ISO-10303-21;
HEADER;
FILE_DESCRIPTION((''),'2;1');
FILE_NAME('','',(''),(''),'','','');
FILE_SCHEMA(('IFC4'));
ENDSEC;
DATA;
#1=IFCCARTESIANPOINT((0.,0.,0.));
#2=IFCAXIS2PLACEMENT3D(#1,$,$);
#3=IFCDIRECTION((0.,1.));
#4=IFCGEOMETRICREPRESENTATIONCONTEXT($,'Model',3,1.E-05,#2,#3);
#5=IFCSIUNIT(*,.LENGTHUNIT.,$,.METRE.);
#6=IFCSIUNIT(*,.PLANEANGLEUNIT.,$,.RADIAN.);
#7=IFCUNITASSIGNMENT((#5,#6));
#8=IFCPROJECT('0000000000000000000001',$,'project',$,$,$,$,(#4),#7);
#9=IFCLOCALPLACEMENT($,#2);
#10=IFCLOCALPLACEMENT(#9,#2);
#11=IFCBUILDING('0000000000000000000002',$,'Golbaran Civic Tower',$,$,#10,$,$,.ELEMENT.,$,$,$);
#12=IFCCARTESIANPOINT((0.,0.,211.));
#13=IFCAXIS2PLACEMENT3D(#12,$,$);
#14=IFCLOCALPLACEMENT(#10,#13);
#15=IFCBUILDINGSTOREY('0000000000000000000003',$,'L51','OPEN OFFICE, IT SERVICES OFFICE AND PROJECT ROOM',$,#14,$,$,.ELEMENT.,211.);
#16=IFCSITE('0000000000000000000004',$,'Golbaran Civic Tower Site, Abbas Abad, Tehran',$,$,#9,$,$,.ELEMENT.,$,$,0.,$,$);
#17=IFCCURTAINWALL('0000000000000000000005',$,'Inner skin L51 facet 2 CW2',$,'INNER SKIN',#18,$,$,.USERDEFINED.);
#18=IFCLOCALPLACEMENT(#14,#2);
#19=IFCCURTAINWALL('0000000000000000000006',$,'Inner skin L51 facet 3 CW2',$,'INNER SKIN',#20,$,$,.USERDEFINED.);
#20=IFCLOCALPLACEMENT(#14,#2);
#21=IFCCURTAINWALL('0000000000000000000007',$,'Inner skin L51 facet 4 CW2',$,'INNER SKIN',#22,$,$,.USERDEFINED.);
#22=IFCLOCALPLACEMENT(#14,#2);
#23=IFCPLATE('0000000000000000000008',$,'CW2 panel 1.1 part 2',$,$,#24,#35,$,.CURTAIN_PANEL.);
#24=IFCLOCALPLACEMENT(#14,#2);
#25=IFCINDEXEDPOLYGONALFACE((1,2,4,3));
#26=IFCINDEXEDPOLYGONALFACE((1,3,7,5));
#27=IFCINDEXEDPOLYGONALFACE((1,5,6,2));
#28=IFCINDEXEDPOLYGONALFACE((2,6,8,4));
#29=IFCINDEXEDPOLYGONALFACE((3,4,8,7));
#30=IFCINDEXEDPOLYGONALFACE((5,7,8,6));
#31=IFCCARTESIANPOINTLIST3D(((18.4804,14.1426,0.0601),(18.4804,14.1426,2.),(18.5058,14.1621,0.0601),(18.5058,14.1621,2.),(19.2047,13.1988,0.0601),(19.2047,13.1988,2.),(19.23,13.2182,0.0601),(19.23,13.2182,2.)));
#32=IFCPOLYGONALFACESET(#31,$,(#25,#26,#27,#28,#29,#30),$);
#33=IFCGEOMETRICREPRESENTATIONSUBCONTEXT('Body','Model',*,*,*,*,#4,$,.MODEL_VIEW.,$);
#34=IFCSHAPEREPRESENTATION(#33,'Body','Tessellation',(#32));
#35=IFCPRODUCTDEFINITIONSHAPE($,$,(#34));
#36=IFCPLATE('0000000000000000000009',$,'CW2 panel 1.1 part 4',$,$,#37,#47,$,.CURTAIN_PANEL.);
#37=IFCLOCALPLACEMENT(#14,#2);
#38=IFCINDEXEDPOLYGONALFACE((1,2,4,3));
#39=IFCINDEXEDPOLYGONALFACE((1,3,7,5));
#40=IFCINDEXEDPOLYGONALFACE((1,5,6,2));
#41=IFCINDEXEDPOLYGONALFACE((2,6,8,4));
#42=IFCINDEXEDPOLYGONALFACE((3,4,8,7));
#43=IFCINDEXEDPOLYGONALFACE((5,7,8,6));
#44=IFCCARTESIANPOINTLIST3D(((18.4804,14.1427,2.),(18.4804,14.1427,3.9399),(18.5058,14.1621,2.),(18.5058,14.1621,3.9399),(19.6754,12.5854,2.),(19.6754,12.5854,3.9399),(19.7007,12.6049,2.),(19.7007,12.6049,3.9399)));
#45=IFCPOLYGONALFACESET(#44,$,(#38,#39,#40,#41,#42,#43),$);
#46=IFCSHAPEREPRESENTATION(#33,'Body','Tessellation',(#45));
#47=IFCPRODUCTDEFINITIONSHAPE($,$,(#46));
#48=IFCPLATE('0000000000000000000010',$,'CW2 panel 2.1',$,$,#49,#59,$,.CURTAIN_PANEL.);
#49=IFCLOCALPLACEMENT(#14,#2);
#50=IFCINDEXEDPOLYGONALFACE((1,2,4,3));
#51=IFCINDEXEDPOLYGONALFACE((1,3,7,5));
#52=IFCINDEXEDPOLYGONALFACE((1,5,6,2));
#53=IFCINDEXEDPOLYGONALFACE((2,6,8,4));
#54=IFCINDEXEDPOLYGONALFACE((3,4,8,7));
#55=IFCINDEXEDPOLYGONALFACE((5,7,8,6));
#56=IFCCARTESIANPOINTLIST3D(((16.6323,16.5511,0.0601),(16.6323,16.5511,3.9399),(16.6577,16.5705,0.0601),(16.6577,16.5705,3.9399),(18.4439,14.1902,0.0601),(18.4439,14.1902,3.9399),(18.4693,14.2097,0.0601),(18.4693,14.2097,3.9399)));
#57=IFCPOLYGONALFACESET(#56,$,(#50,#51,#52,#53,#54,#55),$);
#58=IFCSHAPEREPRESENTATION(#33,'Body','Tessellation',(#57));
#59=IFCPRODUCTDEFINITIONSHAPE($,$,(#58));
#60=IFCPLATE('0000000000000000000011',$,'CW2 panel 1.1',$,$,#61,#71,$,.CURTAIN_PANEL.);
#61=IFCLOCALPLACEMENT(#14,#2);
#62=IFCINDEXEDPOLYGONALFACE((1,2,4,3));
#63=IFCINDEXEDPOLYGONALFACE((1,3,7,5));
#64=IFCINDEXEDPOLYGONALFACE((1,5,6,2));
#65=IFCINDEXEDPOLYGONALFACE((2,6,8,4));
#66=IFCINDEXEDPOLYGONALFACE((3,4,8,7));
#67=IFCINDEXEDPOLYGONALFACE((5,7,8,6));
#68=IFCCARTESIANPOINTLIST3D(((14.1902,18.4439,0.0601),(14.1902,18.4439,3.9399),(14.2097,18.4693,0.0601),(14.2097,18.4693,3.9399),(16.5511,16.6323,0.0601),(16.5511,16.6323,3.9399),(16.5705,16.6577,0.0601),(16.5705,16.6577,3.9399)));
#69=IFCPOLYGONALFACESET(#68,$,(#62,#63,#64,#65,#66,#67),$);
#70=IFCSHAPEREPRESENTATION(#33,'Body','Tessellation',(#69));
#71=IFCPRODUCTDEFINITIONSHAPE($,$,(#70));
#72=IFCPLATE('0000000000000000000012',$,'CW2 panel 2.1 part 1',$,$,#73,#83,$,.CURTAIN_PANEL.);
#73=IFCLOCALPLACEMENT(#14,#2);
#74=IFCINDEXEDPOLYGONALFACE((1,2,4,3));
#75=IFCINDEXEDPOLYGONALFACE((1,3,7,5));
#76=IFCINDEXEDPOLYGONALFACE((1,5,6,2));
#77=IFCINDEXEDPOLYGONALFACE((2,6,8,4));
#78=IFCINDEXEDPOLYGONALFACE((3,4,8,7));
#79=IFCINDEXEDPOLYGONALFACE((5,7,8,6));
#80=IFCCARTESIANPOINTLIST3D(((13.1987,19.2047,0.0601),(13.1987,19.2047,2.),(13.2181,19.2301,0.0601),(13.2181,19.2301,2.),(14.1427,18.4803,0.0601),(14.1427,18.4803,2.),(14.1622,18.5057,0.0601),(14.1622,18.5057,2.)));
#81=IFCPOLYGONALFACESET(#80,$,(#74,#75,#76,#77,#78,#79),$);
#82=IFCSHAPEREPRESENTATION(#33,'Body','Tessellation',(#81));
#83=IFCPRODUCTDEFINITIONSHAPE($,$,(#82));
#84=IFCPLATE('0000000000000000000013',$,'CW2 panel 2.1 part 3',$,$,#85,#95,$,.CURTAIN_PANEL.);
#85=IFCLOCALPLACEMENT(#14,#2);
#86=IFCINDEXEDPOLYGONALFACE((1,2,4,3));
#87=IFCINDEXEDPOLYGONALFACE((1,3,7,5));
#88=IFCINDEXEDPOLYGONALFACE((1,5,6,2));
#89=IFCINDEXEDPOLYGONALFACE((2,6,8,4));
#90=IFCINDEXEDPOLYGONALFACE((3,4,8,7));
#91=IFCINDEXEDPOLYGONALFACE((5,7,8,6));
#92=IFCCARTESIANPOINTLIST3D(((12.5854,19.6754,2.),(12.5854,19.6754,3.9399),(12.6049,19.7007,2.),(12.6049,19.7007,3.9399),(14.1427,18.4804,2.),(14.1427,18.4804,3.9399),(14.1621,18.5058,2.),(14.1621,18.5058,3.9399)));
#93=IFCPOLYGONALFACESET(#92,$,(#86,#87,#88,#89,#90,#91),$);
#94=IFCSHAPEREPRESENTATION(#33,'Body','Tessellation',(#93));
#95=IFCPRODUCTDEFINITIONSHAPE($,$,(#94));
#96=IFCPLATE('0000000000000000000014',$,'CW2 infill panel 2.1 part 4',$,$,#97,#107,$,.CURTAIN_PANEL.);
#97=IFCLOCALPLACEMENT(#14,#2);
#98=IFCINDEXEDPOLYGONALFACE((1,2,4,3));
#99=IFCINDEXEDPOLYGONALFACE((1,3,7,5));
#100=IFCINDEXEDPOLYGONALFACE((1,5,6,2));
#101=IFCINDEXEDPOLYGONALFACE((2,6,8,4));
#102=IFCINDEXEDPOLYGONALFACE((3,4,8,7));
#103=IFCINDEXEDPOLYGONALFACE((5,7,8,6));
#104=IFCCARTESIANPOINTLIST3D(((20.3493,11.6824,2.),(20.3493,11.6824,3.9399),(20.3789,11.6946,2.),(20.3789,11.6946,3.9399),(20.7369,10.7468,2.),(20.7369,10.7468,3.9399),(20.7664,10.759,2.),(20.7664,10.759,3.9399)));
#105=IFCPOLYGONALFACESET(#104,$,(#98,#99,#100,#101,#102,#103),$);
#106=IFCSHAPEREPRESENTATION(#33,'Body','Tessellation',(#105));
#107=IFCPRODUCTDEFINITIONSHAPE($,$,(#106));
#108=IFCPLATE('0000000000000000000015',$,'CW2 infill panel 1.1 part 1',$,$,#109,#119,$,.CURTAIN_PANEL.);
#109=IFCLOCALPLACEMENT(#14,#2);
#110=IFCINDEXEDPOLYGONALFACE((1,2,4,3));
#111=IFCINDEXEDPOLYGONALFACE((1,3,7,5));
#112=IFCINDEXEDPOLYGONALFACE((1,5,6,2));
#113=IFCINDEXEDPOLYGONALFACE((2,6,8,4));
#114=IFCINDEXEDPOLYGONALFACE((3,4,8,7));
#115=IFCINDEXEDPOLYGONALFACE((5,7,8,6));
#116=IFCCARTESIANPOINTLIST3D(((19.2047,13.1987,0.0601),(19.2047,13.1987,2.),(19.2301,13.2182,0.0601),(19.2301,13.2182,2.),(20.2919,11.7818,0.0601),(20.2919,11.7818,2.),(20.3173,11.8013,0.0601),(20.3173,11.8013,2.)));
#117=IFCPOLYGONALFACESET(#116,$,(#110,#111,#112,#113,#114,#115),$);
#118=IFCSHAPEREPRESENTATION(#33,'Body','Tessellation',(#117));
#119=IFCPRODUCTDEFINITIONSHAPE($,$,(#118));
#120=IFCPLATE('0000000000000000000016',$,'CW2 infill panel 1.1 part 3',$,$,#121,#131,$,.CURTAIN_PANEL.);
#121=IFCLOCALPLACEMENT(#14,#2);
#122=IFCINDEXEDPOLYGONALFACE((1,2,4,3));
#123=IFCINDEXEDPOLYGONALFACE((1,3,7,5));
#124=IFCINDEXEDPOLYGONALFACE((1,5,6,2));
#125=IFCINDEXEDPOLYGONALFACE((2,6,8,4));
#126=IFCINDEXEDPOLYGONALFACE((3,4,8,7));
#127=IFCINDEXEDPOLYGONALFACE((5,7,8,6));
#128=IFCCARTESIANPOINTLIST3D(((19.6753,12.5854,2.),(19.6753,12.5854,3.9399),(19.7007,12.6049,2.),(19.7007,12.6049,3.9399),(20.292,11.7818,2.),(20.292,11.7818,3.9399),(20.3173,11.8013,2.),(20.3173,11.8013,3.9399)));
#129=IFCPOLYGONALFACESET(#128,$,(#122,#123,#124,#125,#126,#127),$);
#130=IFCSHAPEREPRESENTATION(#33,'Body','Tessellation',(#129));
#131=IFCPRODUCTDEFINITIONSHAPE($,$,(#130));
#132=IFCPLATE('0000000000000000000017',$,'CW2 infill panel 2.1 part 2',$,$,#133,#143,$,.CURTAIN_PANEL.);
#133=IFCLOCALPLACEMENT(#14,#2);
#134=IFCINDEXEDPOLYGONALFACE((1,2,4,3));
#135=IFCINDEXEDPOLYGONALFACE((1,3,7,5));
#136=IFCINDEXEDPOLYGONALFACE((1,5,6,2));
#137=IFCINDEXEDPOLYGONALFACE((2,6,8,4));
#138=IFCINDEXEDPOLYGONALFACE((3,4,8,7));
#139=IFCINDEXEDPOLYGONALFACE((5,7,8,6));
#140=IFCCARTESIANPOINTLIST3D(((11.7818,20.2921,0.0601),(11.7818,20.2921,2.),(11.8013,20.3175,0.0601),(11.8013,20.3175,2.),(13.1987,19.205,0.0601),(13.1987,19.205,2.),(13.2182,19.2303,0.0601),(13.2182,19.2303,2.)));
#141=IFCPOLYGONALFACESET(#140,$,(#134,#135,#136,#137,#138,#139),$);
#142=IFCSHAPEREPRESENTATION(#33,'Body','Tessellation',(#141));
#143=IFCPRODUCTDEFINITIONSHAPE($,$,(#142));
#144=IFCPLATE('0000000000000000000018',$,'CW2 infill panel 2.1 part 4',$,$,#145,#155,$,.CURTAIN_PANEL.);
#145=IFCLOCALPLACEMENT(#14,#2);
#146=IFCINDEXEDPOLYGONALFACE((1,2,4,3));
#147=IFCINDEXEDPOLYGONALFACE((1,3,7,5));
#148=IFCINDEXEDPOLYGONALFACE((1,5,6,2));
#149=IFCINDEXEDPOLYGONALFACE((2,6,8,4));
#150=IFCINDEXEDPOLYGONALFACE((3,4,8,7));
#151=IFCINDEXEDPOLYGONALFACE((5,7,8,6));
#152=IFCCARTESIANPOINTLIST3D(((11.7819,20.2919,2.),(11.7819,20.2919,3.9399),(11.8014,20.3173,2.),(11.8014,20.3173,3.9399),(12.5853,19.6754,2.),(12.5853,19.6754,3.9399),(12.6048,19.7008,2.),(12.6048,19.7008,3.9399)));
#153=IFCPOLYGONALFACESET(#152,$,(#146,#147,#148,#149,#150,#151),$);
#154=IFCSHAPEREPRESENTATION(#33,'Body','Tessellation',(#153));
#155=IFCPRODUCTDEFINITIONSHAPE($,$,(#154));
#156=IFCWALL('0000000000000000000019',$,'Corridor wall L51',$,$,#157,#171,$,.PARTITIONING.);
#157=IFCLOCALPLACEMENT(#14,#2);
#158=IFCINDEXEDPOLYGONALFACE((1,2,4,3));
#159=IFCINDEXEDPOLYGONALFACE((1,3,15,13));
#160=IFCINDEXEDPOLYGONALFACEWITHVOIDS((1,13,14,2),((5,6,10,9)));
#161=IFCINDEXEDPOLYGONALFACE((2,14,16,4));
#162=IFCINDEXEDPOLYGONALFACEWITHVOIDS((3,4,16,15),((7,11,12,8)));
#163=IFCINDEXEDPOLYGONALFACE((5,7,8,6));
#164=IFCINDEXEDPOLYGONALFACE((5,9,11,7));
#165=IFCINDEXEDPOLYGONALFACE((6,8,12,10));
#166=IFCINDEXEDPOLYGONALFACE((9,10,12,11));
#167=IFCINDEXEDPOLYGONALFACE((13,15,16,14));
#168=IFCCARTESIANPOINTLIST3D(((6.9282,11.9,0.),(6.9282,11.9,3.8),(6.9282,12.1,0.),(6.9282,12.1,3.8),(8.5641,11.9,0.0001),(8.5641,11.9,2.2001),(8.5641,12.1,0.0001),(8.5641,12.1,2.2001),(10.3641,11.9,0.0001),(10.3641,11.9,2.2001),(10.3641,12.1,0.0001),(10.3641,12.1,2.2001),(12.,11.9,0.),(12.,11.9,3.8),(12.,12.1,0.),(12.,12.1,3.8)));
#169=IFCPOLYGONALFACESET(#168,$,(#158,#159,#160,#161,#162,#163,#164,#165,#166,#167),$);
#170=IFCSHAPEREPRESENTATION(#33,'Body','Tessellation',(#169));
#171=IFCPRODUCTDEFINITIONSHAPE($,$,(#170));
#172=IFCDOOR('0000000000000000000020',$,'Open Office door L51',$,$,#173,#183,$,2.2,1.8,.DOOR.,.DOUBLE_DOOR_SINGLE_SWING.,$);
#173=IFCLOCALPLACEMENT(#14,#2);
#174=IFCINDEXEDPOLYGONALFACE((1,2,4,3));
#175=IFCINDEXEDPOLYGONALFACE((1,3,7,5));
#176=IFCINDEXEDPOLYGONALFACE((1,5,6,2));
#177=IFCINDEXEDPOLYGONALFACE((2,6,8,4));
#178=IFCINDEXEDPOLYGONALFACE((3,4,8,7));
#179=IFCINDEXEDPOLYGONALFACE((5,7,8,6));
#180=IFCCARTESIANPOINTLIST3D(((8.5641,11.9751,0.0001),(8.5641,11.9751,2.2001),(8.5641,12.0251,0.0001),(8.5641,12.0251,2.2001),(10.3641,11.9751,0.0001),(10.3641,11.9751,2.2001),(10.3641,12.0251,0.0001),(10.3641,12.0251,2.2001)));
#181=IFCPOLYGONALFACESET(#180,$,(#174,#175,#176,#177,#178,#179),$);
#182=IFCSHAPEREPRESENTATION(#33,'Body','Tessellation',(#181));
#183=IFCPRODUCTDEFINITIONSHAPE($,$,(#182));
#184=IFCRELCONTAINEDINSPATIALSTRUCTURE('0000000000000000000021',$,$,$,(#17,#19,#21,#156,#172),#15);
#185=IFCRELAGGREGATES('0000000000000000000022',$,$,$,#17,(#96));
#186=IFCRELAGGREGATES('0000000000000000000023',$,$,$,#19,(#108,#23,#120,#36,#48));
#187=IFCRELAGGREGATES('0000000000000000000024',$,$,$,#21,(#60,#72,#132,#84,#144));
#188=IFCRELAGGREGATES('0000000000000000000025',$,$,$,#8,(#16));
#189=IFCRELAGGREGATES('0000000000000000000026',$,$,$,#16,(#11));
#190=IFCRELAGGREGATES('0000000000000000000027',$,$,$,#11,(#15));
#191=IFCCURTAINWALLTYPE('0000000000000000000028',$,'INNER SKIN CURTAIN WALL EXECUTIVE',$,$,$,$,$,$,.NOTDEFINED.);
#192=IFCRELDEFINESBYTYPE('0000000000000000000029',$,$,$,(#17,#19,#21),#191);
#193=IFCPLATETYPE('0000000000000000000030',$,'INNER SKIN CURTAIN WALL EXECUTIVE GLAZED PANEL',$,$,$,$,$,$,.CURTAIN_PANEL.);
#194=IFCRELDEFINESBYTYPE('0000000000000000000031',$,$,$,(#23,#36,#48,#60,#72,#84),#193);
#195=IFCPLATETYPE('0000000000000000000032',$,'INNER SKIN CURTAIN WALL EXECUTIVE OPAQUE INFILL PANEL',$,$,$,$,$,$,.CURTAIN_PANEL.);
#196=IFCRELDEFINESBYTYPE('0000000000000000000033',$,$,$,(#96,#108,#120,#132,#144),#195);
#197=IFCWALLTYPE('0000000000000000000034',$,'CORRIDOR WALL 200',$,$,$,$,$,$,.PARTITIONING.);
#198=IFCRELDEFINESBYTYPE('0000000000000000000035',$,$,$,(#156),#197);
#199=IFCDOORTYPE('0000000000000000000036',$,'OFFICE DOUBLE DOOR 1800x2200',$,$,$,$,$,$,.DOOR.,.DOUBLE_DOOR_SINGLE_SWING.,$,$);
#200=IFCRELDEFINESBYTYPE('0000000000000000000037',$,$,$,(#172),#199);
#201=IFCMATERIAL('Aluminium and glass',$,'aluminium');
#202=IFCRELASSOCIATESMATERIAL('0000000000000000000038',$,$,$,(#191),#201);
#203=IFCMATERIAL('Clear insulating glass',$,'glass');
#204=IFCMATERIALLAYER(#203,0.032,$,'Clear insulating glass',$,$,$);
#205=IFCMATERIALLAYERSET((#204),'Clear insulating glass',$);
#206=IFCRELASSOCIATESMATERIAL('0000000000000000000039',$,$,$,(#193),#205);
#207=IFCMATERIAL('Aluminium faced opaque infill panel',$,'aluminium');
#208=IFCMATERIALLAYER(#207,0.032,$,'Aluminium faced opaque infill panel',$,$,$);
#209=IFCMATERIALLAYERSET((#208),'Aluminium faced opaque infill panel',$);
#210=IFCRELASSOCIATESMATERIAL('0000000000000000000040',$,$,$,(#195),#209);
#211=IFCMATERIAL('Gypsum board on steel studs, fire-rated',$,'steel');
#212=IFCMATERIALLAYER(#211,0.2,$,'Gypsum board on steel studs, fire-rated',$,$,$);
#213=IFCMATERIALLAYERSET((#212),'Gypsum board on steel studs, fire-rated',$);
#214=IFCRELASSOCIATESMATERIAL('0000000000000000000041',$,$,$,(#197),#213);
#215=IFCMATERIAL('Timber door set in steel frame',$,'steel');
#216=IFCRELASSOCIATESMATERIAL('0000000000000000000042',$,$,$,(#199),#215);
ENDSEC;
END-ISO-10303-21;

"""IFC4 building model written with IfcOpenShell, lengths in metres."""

from ifc_helpers import new_model, si_unit, direction, frame, frame_2d, origin, origin_2d, place, context, subcontext, project, spatial, rectangle, extrude, material, layer, layer_set, type_object, element, fill, aggregate, save


model = new_model("IFC4")

# Units and contexts
model_context = context("Model", 3, precision=1e-05, world=origin(), true_north=direction((0.0, 1.0)))
body_context = subcontext(model_context, "Body", "Model", "MODEL_VIEW")
ifc_project = project(units=[si_unit("LENGTHUNIT", "METRE"), si_unit("PLANEANGLEUNIT", "RADIAN")], contexts=[model_context])

# Site, building, storey
site_placement = place(None, origin())
site = spatial("IfcSite", under=ifc_project, at=site_placement, Name="Golbaran Civic Tower Site, Abbas Abad, Tehran", CompositionType="ELEMENT", RefElevation=0.0)
building_placement = place(site_placement, origin())
building = spatial("IfcBuilding", under=site, at=building_placement, Name="Golbaran Civic Tower", CompositionType="ELEMENT")
storey_placement = place(building_placement, frame((0.0, 0.0, 211.0)))
storey = spatial("IfcBuildingStorey", under=building, at=storey_placement, Name="L51", Description="OPEN OFFICE, IT SERVICES OFFICE AND PROJECT ROOM", CompositionType="ELEMENT", Elevation=211.0)

# Curtain wall
ifc_material_1 = material(Name="Aluminium and glass", Category="aluminium")
curtain_wall_type = type_object("IfcCurtainWallType", Name="INNER SKIN CURTAIN WALL EXECUTIVE", PredefinedType="NOTDEFINED", material=ifc_material_1)
curtain_wall_1_placement = place(storey_placement, origin())
curtain_wall_1 = element("IfcCurtainWall", 1, at=curtain_wall_1_placement, inside=storey, type_object=curtain_wall_type, Name="Inner skin L51 facet 2 CW2", ObjectType="INNER SKIN", PredefinedType="USERDEFINED")

# Curtain walls
curtain_wall_2_placement = place(storey_placement, origin())
curtain_wall_2 = element("IfcCurtainWall", 2, at=curtain_wall_2_placement, inside=storey, type_object=curtain_wall_type, Name="Inner skin L51 facet 3 CW2", ObjectType="INNER SKIN", PredefinedType="USERDEFINED")
curtain_wall_3_placement = place(storey_placement, origin())
curtain_wall_3 = element("IfcCurtainWall", 3, at=curtain_wall_3_placement, inside=storey, type_object=curtain_wall_type, Name="Inner skin L51 facet 4 CW2", ObjectType="INNER SKIN", PredefinedType="USERDEFINED")

# Plates
ifc_material_2 = material(Name="Clear insulating glass", Category="glass")
ifc_layer_1 = layer(ifc_material_2, 0.032, Name="Clear insulating glass")
ifc_layer_set_1 = layer_set([ifc_layer_1], Name="Clear insulating glass")
plate_type_1 = type_object("IfcPlateType", Name="INNER SKIN CURTAIN WALL EXECUTIVE GLAZED PANEL", PredefinedType="CURTAIN_PANEL", material=ifc_layer_set_1)
plate_1_placement = place(storey_placement, frame((18.8552, 13.6804, 0.0601), z_axis=(0.0, 0.0, 1.0), x_axis=(-0.608761, 0.793353, 0.0)))
plate_1 = element("IfcPlate", 4, at=plate_1_placement, type_object=plate_type_1, Name="CW2 panel 1.1 part 2", PredefinedType="CURTAIN_PANEL", context=body_context, shape_type="SweptSolid", body=[
    extrude(rectangle(XDim=1.1897, YDim=0.032, at=origin_2d()), origin(), (0.0, 0.0, 1.0), 1.9399),
])
plate_2_placement = place(storey_placement, frame((19.0906, 13.3738, 2.0), z_axis=(0.0, 0.0, 1.0), x_axis=(-0.608761, 0.793353, 0.0)))
plate_2 = element("IfcPlate", 5, at=plate_2_placement, type_object=plate_type_1, Name="CW2 panel 1.1 part 4", PredefinedType="CURTAIN_PANEL", context=body_context, shape_type="SweptSolid", body=[
    extrude(rectangle(XDim=1.9629, YDim=0.032, at=origin_2d()), origin(), (0.0, 0.0, 1.0), 1.9399),
])
plate_3_placement = place(storey_placement, frame((17.5508, 15.3804, 0.0601), z_axis=(0.0, 0.0, 1.0), x_axis=(-0.608761, 0.793353, 0.0)))
plate_3 = element("IfcPlate", 6, at=plate_3_placement, type_object=plate_type_1, Name="CW2 panel 2.1", PredefinedType="CURTAIN_PANEL", context=body_context, shape_type="SweptSolid", body=[
    extrude(rectangle(XDim=2.9758, YDim=0.032, at=origin_2d()), origin(), (0.0, 0.0, 1.0), 3.8799),
])
plate_4_placement = place(storey_placement, frame((15.3804, 17.5508, 0.0601), z_axis=(0.0, 0.0, 1.0), x_axis=(-0.793353, 0.608761, 0.0)))
plate_4 = element("IfcPlate", 7, at=plate_4_placement, type_object=plate_type_1, Name="CW2 panel 1.1", PredefinedType="CURTAIN_PANEL", context=body_context, shape_type="SweptSolid", body=[
    extrude(rectangle(XDim=2.9758, YDim=0.032, at=origin_2d()), origin(), (0.0, 0.0, 1.0), 3.8799),
])
plate_5_placement = place(storey_placement, frame((13.6804, 18.8552, 0.0601), z_axis=(0.0, 0.0, 1.0), x_axis=(-0.793353, 0.608761, 0.0)))
plate_5 = element("IfcPlate", 8, at=plate_5_placement, type_object=plate_type_1, Name="CW2 panel 2.1 part 1", PredefinedType="CURTAIN_PANEL", context=body_context, shape_type="SweptSolid", body=[
    extrude(rectangle(XDim=1.1899, YDim=0.032, at=origin_2d()), origin(), (0.0, 0.0, 1.0), 1.9399),
])
plate_6_placement = place(storey_placement, frame((13.3738, 19.0906, 2.0), z_axis=(0.0, 0.0, 1.0), x_axis=(-0.793353, 0.608761, 0.0)))
plate_6 = element("IfcPlate", 9, at=plate_6_placement, type_object=plate_type_1, Name="CW2 panel 2.1 part 3", PredefinedType="CURTAIN_PANEL", context=body_context, shape_type="SweptSolid", body=[
    extrude(rectangle(XDim=1.9629, YDim=0.032, at=origin_2d()), origin(), (0.0, 0.0, 1.0), 1.9399),
])
ifc_material_3 = material(Name="Aluminium faced opaque infill panel", Category="aluminium")
ifc_layer_2 = layer(ifc_material_3, 0.032, Name="Aluminium faced opaque infill panel")
ifc_layer_set_2 = layer_set([ifc_layer_2], Name="Aluminium faced opaque infill panel")
plate_type_2 = type_object("IfcPlateType", Name="INNER SKIN CURTAIN WALL EXECUTIVE OPAQUE INFILL PANEL", PredefinedType="CURTAIN_PANEL", material=ifc_layer_set_2)
plate_7_placement = place(storey_placement, frame((20.5579, 11.2207, 2.0), z_axis=(0.0, 0.0, 1.0), x_axis=(-0.382683, 0.92388, 0.0)))
plate_7 = element("IfcPlate", 10, at=plate_7_placement, type_object=plate_type_2, Name="CW2 infill panel 2.1 part 4", PredefinedType="CURTAIN_PANEL", context=body_context, shape_type="SweptSolid", body=[
    extrude(rectangle(XDim=1.0127, YDim=0.032, at=origin_2d()), origin(), (0.0, 0.0, 1.0), 1.9399),
])
aggregate(curtain_wall_1, [plate_7])
plate_8_placement = place(storey_placement, frame((19.761, 12.5, 0.0601), z_axis=(0.0, 0.0, 1.0), x_axis=(-0.608761, 0.793353, 0.0)))
plate_8 = element("IfcPlate", 11, at=plate_8_placement, type_object=plate_type_2, Name="CW2 infill panel 1.1 part 1", PredefinedType="CURTAIN_PANEL", context=body_context, shape_type="SweptSolid", body=[
    extrude(rectangle(XDim=1.7859, YDim=0.032, at=origin_2d()), origin(), (0.0, 0.0, 1.0), 1.9399),
])
plate_9_placement = place(storey_placement, frame((19.9963, 12.1934, 2.0), z_axis=(0.0, 0.0, 1.0), x_axis=(-0.608761, 0.793353, 0.0)))
plate_9 = element("IfcPlate", 12, at=plate_9_placement, type_object=plate_type_2, Name="CW2 infill panel 1.1 part 3", PredefinedType="CURTAIN_PANEL", context=body_context, shape_type="SweptSolid", body=[
    extrude(rectangle(XDim=1.0129, YDim=0.032, at=origin_2d()), origin(), (0.0, 0.0, 1.0), 1.9399),
])
aggregate(curtain_wall_2, [plate_8, plate_1, plate_9, plate_2, plate_3])
plate_10_placement = place(storey_placement, frame((12.5, 19.7612, 0.0601), z_axis=(0.0, 0.0, 1.0), x_axis=(-0.793353, 0.608761, 0.0)))
plate_10 = element("IfcPlate", 13, at=plate_10_placement, type_object=plate_type_2, Name="CW2 infill panel 2.1 part 2", PredefinedType="CURTAIN_PANEL", context=body_context, shape_type="SweptSolid", body=[
    extrude(rectangle(XDim=1.7859, YDim=0.032, at=origin_2d()), origin(), (0.0, 0.0, 1.0), 1.9399),
])
plate_11_placement = place(storey_placement, frame((12.1934, 19.9963, 2.0), z_axis=(0.0, 0.0, 1.0), x_axis=(-0.793353, 0.608761, 0.0)))
plate_11 = element("IfcPlate", 14, at=plate_11_placement, type_object=plate_type_2, Name="CW2 infill panel 2.1 part 4", PredefinedType="CURTAIN_PANEL", context=body_context, shape_type="SweptSolid", body=[
    extrude(rectangle(XDim=1.0127, YDim=0.032, at=origin_2d()), origin(), (0.0, 0.0, 1.0), 1.9399),
])
aggregate(curtain_wall_3, [plate_4, plate_5, plate_10, plate_6, plate_11])

# Wall, opening, door
ifc_material_4 = material(Name="Gypsum board on steel studs, fire-rated", Category="steel")
ifc_layer_3 = layer(ifc_material_4, 0.2, Name="Gypsum board on steel studs, fire-rated")
ifc_layer_set_3 = layer_set([ifc_layer_3], Name="Gypsum board on steel studs, fire-rated")
wall_type = type_object("IfcWallType", Name="CORRIDOR WALL 200", PredefinedType="PARTITIONING", material=ifc_layer_set_3)
wall_placement = place(storey_placement, frame((12.0, 12.0, 0.0), z_axis=(0.0, 0.0, 1.0), x_axis=(-1.0, 0.0, 0.0)))
wall = element("IfcWall", 15, at=wall_placement, inside=storey, type_object=wall_type, Name="Corridor wall L51", PredefinedType="PARTITIONING", context=body_context, shape_type="SweptSolid", body=[
    extrude(rectangle(XDim=5.0718, YDim=0.2, at=frame_2d((2.5359, 0.0))), origin(), (0.0, 0.0, 1.0), 3.8),
])
opening_placement = place(wall_placement, frame((1.636, 0.0, 0.0)))
opening = element("IfcOpeningElement", 16, at=opening_placement, cuts=wall, PredefinedType="OPENING", context=body_context, shape_type="SweptSolid", body=[
    extrude(rectangle(XDim=1.8, YDim=2.2, at=frame_2d((0.8999, 1.1001))), frame((0.0, 0.1099, 0.0), z_axis=(0.0, -1.0, 0.0), x_axis=(1.0, 0.0, 0.0)), (0.0, 0.0, 1.0), 0.22),
])
ifc_material_5 = material(Name="Timber door set in steel frame", Category="steel")
door_type = type_object("IfcDoorType", Name="OFFICE DOUBLE DOOR 1800x2200", OperationType="DOUBLE_DOOR_SINGLE_SWING", PredefinedType="DOOR", material=ifc_material_5)
door_placement = place(opening_placement, origin())
door = element("IfcDoor", 17, at=door_placement, inside=storey, type_object=door_type, Name="Open Office door L51", OperationType="DOUBLE_DOOR_SINGLE_SWING", OverallHeight=2.2, OverallWidth=1.8, PredefinedType="DOOR", context=body_context, shape_type="SweptSolid", body=[
    extrude(rectangle(XDim=1.8, YDim=2.2, at=frame_2d((0.8999, 1.1001))), frame((0.0, 0.0249, 0.0), z_axis=(0.0, -1.0, 0.0), x_axis=(1.0, 0.0, 0.0)), (0.0, 0.0, 1.0), 0.05),
])
fill(opening, door)

save(model, "model.ifc")
